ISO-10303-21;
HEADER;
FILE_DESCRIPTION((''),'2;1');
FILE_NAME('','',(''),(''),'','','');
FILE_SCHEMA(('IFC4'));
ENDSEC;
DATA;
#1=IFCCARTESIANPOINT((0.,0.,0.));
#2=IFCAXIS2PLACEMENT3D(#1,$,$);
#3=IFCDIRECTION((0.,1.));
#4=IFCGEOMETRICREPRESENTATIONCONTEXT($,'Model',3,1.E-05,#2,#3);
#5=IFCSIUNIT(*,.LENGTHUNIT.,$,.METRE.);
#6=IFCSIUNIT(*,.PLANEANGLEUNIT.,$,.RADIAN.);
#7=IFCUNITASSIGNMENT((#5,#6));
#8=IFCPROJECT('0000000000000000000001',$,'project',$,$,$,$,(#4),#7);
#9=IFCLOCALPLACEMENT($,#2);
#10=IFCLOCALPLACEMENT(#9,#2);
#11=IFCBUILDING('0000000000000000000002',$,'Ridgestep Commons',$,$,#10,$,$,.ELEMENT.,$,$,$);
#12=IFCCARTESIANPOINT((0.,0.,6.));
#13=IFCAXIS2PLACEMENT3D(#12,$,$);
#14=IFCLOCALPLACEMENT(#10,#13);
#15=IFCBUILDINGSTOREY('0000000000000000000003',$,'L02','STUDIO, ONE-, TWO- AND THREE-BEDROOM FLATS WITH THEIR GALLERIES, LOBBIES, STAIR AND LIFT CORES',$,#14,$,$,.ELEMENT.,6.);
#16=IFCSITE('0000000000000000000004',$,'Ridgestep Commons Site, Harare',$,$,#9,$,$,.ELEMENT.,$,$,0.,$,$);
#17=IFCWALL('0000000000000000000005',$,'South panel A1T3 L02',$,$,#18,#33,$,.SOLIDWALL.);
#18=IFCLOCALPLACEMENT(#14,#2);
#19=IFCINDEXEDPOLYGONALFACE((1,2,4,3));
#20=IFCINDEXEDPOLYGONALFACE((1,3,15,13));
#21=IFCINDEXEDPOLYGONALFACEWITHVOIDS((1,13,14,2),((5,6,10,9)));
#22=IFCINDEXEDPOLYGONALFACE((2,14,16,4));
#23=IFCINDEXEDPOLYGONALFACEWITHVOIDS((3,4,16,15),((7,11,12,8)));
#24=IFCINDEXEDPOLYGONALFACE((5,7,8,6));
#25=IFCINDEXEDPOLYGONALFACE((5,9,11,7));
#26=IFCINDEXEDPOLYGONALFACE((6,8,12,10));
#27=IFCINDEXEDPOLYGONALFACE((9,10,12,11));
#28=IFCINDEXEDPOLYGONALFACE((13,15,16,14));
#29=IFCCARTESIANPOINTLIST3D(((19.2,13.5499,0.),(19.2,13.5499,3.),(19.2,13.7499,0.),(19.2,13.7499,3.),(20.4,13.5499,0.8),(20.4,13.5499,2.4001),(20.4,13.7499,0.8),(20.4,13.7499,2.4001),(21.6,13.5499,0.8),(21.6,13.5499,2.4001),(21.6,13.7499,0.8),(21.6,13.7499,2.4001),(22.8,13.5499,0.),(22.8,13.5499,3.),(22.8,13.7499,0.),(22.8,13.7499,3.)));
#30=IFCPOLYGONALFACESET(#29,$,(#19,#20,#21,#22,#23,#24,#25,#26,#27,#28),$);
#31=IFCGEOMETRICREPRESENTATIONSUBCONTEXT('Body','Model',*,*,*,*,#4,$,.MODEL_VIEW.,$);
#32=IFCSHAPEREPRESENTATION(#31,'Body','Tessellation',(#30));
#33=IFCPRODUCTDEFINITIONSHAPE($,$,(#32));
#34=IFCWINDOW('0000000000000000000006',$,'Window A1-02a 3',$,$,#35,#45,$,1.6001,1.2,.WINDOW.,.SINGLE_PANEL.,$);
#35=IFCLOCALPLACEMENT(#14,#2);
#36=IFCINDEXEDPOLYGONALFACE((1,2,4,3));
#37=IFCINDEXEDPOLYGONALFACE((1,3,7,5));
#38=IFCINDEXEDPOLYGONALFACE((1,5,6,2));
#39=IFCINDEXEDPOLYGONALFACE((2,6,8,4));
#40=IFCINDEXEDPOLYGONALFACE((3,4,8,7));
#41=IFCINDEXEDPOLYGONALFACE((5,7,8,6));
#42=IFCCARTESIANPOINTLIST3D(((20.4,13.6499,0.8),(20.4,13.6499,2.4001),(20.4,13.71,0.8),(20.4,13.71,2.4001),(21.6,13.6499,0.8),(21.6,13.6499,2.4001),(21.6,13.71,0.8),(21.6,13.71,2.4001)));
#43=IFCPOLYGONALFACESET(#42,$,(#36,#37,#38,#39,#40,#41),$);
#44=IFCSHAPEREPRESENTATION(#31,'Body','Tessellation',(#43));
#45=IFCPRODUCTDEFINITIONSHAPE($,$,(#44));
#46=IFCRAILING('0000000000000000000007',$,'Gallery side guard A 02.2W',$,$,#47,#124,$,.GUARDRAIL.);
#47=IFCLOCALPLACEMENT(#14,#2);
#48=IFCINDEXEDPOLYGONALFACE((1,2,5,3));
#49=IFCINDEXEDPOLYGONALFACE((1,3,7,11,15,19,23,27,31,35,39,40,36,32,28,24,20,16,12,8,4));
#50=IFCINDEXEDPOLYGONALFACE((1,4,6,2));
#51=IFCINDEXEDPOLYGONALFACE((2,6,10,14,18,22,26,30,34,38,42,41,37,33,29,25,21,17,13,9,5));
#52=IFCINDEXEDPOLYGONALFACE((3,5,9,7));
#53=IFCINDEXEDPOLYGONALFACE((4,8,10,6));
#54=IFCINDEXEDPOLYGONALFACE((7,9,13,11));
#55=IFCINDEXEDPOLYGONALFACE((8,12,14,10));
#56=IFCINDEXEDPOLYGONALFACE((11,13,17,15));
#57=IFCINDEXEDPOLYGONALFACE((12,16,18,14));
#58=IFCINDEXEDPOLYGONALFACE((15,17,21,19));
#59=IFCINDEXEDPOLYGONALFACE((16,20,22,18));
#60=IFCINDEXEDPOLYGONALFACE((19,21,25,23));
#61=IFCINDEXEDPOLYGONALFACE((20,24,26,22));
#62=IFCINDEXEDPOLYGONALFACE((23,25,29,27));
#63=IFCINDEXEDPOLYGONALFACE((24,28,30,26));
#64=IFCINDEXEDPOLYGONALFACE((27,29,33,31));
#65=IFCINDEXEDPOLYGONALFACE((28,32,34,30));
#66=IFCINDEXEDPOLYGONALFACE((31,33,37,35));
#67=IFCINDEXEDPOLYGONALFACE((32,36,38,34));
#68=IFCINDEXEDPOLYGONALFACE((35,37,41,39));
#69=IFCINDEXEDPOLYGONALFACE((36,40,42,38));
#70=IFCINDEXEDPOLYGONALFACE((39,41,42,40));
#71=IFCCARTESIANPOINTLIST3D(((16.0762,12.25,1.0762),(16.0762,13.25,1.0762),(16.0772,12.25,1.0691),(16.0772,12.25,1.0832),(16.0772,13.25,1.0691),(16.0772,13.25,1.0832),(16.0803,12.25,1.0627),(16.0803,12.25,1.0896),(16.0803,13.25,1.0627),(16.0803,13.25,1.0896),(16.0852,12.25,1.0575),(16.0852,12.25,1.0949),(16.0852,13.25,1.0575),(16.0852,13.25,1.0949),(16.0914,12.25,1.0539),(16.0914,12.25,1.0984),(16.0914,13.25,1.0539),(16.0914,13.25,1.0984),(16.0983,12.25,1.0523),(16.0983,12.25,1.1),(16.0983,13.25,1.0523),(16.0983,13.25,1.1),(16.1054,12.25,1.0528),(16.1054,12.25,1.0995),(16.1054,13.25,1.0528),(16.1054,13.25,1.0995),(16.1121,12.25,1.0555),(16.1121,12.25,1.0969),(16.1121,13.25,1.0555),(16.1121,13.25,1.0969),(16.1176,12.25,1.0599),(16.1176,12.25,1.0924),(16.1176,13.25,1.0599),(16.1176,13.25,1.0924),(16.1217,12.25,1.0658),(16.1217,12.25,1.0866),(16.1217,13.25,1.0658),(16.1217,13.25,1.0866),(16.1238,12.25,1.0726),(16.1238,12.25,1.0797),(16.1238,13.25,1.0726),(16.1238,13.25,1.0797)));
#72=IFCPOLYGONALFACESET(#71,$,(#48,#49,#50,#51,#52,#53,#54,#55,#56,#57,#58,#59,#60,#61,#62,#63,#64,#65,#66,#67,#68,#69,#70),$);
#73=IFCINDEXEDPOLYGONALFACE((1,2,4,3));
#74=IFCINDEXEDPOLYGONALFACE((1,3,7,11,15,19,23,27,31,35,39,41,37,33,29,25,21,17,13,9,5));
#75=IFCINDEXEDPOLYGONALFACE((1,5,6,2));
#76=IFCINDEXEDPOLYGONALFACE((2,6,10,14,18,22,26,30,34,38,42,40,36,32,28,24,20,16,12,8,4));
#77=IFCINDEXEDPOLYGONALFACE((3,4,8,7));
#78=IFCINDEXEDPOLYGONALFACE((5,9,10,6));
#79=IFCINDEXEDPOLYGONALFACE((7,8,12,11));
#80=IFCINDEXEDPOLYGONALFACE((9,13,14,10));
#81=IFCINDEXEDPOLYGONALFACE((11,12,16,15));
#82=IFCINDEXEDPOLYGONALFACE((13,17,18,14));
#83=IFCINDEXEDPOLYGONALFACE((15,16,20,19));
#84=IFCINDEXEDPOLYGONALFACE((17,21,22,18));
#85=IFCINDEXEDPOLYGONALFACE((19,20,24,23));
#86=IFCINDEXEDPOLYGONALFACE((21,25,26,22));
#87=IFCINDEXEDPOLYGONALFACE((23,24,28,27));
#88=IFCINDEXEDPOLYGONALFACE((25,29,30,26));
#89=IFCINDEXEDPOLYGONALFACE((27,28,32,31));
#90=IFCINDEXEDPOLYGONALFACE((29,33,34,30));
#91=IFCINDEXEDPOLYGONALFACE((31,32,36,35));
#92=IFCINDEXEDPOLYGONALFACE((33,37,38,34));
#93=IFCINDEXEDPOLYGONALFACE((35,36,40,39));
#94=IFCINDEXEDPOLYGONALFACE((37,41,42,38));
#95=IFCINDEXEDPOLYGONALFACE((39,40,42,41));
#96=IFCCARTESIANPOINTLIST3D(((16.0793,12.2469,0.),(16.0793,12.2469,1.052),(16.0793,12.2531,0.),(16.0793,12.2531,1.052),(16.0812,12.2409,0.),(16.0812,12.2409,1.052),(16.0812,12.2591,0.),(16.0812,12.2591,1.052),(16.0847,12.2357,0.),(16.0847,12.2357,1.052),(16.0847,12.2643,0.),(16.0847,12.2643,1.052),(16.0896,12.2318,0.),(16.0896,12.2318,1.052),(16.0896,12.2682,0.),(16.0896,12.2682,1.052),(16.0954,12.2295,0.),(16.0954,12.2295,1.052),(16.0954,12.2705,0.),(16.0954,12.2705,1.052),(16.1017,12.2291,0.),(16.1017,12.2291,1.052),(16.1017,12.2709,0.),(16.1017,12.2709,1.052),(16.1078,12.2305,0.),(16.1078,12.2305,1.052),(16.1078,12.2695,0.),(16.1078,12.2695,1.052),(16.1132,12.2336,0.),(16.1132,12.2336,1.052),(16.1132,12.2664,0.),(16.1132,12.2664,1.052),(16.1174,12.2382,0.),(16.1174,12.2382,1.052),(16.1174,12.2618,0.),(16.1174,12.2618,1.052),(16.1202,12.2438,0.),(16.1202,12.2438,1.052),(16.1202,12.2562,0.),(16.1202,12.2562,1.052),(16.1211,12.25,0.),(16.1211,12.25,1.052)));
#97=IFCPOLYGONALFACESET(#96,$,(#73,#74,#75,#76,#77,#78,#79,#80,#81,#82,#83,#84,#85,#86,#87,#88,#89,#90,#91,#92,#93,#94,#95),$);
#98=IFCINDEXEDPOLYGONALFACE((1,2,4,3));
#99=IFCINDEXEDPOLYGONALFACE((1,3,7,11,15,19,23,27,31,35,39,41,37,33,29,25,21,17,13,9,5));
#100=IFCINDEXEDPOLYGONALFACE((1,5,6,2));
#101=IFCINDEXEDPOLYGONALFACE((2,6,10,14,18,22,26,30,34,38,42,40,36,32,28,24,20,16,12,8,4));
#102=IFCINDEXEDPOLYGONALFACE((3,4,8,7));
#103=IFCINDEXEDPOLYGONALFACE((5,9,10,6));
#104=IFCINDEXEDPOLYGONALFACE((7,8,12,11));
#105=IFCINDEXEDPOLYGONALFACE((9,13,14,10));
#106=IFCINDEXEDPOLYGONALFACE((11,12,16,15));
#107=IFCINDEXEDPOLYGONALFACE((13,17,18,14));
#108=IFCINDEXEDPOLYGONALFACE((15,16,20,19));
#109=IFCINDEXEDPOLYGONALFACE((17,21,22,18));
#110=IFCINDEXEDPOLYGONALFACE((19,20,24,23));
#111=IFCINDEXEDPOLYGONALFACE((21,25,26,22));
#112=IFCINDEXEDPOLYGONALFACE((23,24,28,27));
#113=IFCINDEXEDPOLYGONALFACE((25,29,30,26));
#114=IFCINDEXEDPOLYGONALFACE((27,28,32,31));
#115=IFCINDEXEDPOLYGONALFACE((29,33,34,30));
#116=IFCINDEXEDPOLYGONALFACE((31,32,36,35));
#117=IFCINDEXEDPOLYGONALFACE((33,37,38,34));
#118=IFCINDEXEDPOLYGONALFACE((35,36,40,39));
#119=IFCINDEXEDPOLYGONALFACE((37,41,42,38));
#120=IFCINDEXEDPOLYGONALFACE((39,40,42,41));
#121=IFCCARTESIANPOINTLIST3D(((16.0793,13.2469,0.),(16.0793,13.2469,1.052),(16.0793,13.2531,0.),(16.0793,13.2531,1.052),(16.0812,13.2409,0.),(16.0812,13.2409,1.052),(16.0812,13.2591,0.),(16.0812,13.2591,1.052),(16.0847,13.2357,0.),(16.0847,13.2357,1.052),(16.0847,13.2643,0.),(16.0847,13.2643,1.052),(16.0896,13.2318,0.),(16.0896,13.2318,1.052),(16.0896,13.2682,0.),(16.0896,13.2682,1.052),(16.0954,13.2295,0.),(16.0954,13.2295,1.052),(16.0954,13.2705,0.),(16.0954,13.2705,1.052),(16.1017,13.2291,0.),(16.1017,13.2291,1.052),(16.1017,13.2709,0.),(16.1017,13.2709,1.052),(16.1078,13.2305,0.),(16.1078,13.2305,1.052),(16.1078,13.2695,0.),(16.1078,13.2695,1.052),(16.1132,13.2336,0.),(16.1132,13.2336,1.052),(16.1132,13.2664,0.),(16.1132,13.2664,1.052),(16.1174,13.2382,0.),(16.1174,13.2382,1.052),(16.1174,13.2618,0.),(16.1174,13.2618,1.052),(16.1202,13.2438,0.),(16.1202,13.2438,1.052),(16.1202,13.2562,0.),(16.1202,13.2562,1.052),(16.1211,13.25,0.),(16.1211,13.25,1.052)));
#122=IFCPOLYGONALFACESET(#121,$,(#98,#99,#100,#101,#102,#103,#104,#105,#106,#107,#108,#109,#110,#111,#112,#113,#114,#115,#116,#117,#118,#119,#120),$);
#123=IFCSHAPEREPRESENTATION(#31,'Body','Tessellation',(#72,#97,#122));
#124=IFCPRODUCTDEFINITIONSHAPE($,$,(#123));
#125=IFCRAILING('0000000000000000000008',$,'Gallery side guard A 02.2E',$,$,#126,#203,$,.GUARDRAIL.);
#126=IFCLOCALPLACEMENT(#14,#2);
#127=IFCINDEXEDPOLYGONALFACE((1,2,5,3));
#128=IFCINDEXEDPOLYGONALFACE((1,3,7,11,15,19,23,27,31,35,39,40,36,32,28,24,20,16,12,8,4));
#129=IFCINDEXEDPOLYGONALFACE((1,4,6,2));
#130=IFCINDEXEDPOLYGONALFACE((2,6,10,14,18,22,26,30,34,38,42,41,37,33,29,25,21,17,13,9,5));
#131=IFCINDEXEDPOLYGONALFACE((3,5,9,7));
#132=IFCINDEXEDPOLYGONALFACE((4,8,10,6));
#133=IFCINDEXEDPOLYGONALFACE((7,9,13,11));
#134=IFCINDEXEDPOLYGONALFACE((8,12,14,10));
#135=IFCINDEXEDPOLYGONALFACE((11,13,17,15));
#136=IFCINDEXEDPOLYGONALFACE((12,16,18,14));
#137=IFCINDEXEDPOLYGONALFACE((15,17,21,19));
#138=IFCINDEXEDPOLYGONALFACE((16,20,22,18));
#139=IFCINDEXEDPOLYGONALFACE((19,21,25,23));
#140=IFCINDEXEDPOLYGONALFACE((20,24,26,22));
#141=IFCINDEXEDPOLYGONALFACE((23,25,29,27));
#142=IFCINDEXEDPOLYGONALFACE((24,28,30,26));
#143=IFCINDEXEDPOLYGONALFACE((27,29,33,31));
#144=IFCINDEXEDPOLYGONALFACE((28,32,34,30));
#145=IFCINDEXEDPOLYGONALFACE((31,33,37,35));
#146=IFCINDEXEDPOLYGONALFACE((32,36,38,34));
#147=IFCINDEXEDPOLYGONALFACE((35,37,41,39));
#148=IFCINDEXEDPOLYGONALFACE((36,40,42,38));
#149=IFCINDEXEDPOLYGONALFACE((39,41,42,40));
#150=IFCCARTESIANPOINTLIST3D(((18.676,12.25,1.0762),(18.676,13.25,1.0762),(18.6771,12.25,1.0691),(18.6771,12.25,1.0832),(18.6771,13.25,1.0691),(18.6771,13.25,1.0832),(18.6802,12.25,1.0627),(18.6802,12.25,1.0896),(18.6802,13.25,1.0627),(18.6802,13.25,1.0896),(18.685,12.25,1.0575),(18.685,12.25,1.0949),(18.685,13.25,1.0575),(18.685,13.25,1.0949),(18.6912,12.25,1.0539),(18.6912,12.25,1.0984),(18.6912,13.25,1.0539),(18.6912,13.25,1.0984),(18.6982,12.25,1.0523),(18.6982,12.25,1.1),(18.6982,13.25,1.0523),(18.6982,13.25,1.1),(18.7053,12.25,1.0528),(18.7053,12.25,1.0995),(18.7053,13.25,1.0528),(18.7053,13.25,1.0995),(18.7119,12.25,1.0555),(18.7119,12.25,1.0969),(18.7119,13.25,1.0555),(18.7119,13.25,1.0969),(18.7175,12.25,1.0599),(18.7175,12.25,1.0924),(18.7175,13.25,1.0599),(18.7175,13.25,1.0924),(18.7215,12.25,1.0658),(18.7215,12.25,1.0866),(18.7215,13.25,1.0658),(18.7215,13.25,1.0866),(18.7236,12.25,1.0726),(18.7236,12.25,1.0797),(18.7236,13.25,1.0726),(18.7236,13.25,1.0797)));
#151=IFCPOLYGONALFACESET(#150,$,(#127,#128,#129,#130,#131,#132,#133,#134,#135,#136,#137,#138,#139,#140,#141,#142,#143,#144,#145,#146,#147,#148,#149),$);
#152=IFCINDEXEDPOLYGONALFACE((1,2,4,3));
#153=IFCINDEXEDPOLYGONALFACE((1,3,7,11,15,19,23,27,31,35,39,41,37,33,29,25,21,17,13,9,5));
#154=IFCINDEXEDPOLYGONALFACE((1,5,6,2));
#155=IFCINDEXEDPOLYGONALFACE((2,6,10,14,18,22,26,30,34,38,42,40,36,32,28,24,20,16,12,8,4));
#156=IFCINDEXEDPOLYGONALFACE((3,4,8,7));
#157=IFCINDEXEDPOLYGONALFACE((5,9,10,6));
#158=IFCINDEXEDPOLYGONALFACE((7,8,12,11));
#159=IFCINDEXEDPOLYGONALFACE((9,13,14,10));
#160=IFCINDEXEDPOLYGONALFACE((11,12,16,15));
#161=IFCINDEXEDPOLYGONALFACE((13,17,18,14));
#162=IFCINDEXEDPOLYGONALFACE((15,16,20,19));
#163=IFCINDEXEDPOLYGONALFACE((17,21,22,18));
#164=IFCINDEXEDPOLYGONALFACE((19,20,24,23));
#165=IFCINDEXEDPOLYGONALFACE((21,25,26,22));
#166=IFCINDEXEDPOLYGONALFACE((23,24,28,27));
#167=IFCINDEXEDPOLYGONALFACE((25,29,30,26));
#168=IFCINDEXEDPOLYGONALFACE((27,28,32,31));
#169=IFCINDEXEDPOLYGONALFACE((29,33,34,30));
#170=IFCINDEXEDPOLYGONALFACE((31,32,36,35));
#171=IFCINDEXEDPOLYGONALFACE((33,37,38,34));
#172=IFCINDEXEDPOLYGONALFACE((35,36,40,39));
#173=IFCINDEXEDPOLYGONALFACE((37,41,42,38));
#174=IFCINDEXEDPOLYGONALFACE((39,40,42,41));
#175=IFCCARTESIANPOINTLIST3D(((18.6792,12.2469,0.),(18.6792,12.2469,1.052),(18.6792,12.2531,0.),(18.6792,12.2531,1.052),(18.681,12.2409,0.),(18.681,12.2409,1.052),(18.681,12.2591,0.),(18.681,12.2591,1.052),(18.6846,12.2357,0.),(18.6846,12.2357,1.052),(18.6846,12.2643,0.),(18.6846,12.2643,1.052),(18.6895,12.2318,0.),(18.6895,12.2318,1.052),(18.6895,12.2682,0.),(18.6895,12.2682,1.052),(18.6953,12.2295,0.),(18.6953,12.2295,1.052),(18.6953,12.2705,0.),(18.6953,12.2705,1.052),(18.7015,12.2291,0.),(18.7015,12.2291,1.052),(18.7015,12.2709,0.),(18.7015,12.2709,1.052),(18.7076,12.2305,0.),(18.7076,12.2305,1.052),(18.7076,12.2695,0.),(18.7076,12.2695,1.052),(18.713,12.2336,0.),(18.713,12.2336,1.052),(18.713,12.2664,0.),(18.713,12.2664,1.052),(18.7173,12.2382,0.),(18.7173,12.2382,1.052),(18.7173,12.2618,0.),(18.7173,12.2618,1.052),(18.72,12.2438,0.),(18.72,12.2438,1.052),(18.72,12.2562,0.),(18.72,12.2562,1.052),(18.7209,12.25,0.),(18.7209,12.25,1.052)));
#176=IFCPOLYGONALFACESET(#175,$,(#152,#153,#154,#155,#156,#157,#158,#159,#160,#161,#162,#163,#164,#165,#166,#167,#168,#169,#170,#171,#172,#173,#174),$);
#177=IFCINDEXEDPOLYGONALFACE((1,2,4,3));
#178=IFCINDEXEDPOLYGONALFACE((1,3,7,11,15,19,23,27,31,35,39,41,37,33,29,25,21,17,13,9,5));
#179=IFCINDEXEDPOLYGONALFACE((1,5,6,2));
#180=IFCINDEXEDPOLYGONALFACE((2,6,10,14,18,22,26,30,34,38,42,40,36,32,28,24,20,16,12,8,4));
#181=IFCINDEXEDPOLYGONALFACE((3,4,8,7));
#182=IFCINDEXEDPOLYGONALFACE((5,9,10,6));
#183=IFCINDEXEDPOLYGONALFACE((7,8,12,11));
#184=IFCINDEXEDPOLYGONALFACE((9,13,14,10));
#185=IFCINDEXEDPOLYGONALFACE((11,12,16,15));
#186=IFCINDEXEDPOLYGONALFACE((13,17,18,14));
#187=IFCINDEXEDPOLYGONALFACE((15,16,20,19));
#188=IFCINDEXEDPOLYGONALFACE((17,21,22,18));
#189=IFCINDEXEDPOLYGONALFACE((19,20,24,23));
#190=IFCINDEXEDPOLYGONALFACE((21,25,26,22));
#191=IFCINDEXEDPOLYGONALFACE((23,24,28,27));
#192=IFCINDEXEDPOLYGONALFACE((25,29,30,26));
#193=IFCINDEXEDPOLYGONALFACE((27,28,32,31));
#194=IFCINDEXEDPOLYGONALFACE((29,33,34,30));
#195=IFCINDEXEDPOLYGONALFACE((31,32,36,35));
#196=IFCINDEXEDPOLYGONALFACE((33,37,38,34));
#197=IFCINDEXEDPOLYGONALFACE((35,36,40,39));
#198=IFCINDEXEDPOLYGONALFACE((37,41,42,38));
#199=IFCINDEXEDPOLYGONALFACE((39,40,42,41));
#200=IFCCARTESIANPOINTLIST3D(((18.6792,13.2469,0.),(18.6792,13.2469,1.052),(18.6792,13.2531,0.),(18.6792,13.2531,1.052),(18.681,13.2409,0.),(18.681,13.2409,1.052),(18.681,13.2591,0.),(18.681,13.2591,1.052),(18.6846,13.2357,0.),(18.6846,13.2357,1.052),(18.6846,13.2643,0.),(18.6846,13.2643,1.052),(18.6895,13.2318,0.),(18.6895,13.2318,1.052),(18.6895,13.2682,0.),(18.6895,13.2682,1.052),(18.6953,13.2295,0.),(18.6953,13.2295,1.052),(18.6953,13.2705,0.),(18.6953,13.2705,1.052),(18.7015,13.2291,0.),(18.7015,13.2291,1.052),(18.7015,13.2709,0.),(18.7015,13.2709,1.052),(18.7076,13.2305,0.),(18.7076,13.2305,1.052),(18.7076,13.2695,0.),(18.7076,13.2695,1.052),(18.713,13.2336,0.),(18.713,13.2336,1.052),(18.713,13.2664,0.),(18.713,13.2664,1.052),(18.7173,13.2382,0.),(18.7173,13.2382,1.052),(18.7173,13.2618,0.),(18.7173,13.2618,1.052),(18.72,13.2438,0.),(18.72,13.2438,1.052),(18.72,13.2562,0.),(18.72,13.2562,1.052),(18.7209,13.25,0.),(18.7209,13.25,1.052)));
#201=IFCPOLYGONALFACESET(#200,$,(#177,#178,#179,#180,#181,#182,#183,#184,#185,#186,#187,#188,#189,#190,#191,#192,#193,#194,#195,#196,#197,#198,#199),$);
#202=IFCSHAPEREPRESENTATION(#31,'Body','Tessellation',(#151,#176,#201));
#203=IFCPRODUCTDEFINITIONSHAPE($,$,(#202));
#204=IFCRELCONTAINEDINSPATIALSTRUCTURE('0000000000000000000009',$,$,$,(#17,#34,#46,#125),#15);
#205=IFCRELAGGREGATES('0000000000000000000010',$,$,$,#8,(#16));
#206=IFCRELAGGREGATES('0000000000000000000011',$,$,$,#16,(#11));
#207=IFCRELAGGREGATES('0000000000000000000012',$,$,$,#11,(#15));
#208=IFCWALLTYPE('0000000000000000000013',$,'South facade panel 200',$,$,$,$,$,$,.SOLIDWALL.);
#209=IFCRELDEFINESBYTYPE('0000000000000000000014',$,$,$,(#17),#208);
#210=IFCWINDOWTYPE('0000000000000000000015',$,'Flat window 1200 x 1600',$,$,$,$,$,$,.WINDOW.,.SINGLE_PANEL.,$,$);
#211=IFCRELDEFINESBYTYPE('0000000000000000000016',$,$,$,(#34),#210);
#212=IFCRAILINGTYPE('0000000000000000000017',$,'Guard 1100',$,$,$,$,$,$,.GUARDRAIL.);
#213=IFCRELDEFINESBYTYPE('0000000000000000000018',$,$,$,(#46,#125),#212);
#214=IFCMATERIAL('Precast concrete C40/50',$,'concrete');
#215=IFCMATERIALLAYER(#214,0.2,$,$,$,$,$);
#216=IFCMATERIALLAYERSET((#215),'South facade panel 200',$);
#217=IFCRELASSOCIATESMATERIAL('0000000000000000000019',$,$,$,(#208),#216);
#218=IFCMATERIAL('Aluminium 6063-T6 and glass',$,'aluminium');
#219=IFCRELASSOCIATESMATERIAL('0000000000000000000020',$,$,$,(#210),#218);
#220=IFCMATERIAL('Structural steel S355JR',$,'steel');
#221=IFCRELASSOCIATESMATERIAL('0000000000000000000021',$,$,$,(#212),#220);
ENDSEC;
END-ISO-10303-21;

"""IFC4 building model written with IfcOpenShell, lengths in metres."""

from ifc_helpers import new_model, si_unit, direction, frame, frame_2d, origin, origin_2d, place, context, subcontext, project, spatial, rectangle, circle, extrude, material, layer, layer_set, type_object, element, fill, save


model = new_model("IFC4")

# Units and contexts
model_context = context("Model", 3, precision=1e-05, world=origin(), true_north=direction((0.0, 1.0)))
body_context = subcontext(model_context, "Body", "Model", "MODEL_VIEW")
ifc_project = project(units=[si_unit("LENGTHUNIT", "METRE"), si_unit("PLANEANGLEUNIT", "RADIAN")], contexts=[model_context])

# Site, building, storey
site_placement = place(None, origin())
site = spatial("IfcSite", under=ifc_project, at=site_placement, Name="Ridgestep Commons Site, Harare", CompositionType="ELEMENT", RefElevation=0.0)
building_placement = place(site_placement, origin())
building = spatial("IfcBuilding", under=site, at=building_placement, Name="Ridgestep Commons", CompositionType="ELEMENT")
storey_placement = place(building_placement, frame((0.0, 0.0, 6.0)))
storey = spatial("IfcBuildingStorey", under=building, at=storey_placement, Name="L02", Description="STUDIO, ONE-, TWO- AND THREE-BEDROOM FLATS WITH THEIR GALLERIES, LOBBIES, STAIR AND LIFT CORES", CompositionType="ELEMENT", Elevation=6.0)

# Shared definitions
ifc_material_1 = material(Name="Precast concrete C40/50", Category="concrete")
ifc_layer_1 = layer(ifc_material_1, 0.2)
ifc_layer_set_1 = layer_set([ifc_layer_1], Name="South facade panel 200")
wall_type_1 = type_object("IfcWallType", Name="South facade panel 200", PredefinedType="SOLIDWALL", material=ifc_layer_set_1)
ifc_material_2 = material(Name="Aluminium 6063-T6 and glass", Category="aluminium")
window_type = type_object("IfcWindowType", Name="Flat window 1200 x 1600", PartitioningType="SINGLE_PANEL", PredefinedType="WINDOW", material=ifc_material_2)

# Wall, opening, window
wall_1_placement = place(storey_placement, frame((19.2, 13.6499, 0.0), z_axis=(0.0, 0.0, 1.0), x_axis=(1.0, 0.0, 0.0)))
wall_1 = element("IfcWall", 1, at=wall_1_placement, inside=storey, type_object=wall_type_1, Name="South panel A1T3 L02", PredefinedType="SOLIDWALL", context=body_context, shape_type="SweptSolid", body=[
    extrude(rectangle(XDim=3.6001, YDim=0.2, at=frame_2d((1.8, 0.0))), origin(), (0.0, 0.0, 1.0), 3.0),
])
opening_1_placement = place(wall_1_placement, frame((1.2, 0.0, 0.8)))
opening_1 = element("IfcOpeningElement", 2, at=opening_1_placement, cuts=wall_1, PredefinedType="OPENING", context=body_context, shape_type="SweptSolid", body=[
    extrude(rectangle(XDim=1.2, YDim=1.6001, at=frame_2d((0.6001, 0.8))), frame((0.0, 0.1099, 0.0), z_axis=(0.0, -1.0, 0.0), x_axis=(1.0, 0.0, 0.0)), (0.0, 0.0, 1.0), 0.22),
])
window_1_placement = place(opening_1_placement, origin())
window_1 = element("IfcWindow", 3, at=window_1_placement, inside=storey, type_object=window_type, Name="Window A1-02a 3", OverallHeight=1.6001, OverallWidth=1.2, PartitioningType="SINGLE_PANEL", PredefinedType="WINDOW", context=body_context, shape_type="SweptSolid", body=[
    extrude(rectangle(XDim=1.2, YDim=1.6001, at=frame_2d((0.6001, 0.8))), frame((0.0, 0.0601, 0.0), z_axis=(0.0, -1.0, 0.0), x_axis=(1.0, 0.0, 0.0)), (0.0, 0.0, 1.0), 0.0601),
])
fill(opening_1, window_1)

# Railings
ifc_material_3 = material(Name="Structural steel S355JR", Category="steel")
railing_type = type_object("IfcRailingType", Name="Guard 1100", PredefinedType="GUARDRAIL", material=ifc_material_3)
for number, where, name in (
    (4, (16.1001, 12.25, 0.0), "Gallery side guard A 02.2W"),
    (5, (18.7, 12.25, 0.0), "Gallery side guard A 02.2E"),
):
    element("IfcRailing", number, at=place(storey_placement, frame(where)), inside=storey, type_object=railing_type, Name=name, PredefinedType="GUARDRAIL", context=body_context, shape_type="SweptSolid", body=[
        extrude(circle(Radius=0.0239, at=origin_2d()), frame((0.0, 0.0, 1.0762), z_axis=(0.0, 1.0, 0.0), x_axis=(-1.0, 0.0, 0.0)), (0.0, 0.0, 1.0), 1.0),
        extrude(circle(Radius=0.021, at=origin_2d()), origin(), (0.0, 0.0, 1.0), 1.052),
        extrude(circle(Radius=0.021, at=origin_2d()), frame((0.0, 1.0, 0.0)), (0.0, 0.0, 1.0), 1.052),
    ])

save(model, "model.ifc")
